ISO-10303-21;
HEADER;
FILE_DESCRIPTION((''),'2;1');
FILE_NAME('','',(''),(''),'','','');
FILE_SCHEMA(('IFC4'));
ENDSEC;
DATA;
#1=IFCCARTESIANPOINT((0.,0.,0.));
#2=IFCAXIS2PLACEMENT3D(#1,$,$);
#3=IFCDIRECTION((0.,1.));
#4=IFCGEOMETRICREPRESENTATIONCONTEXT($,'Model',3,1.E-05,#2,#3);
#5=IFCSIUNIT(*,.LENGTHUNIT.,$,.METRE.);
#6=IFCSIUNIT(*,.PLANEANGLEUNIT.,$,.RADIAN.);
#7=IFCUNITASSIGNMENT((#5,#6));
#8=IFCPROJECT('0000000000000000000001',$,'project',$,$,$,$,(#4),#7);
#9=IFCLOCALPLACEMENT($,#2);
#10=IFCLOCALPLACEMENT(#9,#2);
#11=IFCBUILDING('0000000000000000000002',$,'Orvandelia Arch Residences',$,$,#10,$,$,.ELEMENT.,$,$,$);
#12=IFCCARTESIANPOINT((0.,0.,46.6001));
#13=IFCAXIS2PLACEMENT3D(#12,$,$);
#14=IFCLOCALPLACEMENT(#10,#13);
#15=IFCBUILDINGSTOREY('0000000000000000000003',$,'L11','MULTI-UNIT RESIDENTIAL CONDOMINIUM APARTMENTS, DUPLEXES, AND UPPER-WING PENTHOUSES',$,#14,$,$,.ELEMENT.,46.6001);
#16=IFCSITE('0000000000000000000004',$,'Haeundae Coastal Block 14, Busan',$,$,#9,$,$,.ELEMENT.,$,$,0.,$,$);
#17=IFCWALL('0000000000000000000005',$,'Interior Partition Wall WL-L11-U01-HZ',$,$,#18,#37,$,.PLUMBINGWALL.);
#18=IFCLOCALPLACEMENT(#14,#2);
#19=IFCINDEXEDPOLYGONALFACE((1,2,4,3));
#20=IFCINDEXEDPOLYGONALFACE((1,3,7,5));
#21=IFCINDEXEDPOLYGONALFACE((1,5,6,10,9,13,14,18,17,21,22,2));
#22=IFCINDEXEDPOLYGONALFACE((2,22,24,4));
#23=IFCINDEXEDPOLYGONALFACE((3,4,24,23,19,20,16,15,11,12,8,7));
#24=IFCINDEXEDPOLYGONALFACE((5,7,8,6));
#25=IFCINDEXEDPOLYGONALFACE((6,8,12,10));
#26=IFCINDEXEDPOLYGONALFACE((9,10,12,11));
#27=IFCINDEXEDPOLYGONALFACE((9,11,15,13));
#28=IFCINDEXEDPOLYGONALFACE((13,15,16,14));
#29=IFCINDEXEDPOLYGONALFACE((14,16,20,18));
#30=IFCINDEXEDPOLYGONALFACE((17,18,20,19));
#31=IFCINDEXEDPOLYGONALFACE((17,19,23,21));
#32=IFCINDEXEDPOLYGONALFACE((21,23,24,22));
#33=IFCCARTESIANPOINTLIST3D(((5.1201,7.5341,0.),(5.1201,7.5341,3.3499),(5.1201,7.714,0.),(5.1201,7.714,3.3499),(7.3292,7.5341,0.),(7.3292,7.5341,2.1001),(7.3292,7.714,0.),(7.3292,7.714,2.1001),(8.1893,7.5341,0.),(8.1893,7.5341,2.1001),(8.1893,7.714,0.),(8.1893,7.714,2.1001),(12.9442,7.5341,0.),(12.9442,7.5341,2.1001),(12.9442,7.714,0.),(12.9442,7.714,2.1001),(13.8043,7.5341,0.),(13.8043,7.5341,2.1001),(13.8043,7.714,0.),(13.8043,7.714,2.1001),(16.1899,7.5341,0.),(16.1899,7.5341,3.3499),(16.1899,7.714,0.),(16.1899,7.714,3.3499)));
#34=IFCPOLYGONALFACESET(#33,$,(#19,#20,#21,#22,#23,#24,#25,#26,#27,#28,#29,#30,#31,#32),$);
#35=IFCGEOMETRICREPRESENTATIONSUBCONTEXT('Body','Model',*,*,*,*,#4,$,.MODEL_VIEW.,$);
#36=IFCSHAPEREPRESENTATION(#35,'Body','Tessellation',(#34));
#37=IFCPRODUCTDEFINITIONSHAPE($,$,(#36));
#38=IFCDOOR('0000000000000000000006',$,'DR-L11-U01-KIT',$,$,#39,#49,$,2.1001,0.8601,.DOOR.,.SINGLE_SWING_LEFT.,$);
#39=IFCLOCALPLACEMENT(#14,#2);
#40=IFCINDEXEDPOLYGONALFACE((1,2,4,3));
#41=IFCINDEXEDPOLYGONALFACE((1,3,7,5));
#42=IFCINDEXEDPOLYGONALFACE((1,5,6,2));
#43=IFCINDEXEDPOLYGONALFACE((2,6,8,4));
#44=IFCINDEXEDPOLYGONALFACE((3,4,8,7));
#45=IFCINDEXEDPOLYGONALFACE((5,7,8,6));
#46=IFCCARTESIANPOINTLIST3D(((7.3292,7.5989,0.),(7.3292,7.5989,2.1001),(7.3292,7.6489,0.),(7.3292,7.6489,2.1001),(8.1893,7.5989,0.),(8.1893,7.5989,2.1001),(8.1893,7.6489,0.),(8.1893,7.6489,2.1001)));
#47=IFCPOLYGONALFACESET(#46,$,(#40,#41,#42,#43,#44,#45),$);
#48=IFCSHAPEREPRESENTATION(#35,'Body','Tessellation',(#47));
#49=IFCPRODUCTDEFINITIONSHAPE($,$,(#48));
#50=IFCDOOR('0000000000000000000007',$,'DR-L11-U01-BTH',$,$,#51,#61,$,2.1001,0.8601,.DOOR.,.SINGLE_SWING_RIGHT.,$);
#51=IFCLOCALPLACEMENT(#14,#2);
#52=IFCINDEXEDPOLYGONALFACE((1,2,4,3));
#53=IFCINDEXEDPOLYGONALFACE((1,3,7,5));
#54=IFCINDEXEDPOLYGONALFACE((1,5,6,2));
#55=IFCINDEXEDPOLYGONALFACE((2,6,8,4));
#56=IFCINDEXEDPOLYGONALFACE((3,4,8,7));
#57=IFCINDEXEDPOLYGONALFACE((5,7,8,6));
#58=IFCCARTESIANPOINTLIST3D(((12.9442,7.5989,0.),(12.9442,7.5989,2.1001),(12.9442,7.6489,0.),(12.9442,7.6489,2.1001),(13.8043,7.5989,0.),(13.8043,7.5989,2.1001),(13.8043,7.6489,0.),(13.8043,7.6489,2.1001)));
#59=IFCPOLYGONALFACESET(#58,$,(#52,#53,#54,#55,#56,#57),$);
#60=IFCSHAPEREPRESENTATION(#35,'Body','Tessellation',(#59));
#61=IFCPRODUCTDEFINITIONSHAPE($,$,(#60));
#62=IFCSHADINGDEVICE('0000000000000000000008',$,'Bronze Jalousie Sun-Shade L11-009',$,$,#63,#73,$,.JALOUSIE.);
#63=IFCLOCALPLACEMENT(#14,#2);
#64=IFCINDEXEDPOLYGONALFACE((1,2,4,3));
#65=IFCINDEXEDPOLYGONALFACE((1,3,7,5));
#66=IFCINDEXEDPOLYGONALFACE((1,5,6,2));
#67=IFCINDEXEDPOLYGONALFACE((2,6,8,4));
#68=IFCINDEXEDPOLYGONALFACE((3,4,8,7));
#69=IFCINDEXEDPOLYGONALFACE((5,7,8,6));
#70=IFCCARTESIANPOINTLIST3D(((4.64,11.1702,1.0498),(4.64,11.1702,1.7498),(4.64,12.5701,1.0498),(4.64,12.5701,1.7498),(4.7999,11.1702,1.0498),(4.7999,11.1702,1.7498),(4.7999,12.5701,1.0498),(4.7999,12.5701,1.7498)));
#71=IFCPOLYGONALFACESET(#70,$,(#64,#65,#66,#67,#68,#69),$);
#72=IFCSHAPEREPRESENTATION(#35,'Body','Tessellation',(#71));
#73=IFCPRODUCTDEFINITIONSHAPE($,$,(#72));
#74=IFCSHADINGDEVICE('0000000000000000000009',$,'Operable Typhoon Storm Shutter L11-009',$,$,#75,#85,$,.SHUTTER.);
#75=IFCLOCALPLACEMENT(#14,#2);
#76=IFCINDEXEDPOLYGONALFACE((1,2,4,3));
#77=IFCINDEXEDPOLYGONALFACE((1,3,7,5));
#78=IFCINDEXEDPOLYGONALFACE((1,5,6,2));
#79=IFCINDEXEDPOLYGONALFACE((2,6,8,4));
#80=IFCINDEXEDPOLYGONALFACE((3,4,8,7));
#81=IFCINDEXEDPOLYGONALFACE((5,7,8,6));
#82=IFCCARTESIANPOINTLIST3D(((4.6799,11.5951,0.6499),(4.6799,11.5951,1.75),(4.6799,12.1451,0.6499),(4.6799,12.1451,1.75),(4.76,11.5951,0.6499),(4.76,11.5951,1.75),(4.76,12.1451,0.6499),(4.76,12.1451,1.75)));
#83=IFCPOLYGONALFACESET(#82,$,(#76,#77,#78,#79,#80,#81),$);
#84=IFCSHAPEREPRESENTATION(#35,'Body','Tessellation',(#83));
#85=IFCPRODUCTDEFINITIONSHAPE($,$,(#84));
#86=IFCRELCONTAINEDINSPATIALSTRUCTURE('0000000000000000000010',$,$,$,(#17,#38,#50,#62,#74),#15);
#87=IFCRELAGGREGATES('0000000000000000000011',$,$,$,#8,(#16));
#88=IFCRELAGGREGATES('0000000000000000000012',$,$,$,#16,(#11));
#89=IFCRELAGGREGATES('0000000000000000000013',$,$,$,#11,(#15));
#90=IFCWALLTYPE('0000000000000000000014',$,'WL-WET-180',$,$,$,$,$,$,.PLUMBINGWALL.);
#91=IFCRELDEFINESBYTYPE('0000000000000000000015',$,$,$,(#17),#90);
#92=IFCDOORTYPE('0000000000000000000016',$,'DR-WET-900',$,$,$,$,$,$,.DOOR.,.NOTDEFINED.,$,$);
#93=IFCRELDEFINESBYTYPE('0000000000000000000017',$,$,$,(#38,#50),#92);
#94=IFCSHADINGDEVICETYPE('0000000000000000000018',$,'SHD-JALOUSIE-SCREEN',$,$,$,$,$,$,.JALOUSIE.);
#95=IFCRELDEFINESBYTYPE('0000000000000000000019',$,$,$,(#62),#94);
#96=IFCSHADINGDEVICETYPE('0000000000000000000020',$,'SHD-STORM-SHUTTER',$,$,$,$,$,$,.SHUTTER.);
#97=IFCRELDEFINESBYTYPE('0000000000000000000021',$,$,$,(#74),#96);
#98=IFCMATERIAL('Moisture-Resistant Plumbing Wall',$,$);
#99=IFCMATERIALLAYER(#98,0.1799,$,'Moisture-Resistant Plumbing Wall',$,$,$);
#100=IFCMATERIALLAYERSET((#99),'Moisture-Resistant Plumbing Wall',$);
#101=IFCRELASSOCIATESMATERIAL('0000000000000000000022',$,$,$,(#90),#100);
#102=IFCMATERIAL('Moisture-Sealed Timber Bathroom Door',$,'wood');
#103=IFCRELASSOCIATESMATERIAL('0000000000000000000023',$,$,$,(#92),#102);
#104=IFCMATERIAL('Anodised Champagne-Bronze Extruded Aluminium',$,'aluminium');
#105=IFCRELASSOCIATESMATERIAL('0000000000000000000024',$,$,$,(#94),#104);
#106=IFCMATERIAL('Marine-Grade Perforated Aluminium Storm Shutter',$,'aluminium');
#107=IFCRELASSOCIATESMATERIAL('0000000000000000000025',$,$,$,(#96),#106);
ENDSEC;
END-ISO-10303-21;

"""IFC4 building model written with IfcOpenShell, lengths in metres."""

from ifc_helpers import new_model, si_unit, direction, frame, frame_2d, origin, origin_2d, place, context, subcontext, project, spatial, rectangle, extrude, material, layer, layer_set, type_object, element, fill, save


model = new_model("IFC4")

# Units and contexts
model_context = context("Model", 3, precision=1e-05, world=origin(), true_north=direction((0.0, 1.0)))
body_context = subcontext(model_context, "Body", "Model", "MODEL_VIEW")
ifc_project = project(units=[si_unit("LENGTHUNIT", "METRE"), si_unit("PLANEANGLEUNIT", "RADIAN")], contexts=[model_context])

# Site, building, storey
site_placement = place(None, origin())
site = spatial("IfcSite", under=ifc_project, at=site_placement, Name="Haeundae Coastal Block 14, Busan", CompositionType="ELEMENT", RefElevation=0.0)
building_placement = place(site_placement, origin())
building = spatial("IfcBuilding", under=site, at=building_placement, Name="Orvandelia Arch Residences", CompositionType="ELEMENT")
storey_placement = place(building_placement, frame((0.0, 0.0, 46.6001)))
storey = spatial("IfcBuildingStorey", under=building, at=storey_placement, Name="L11", Description="MULTI-UNIT RESIDENTIAL CONDOMINIUM APARTMENTS, DUPLEXES, AND UPPER-WING PENTHOUSES", CompositionType="ELEMENT", Elevation=46.6001)

# Wall, openings, doors
ifc_material_1 = material(Name="Moisture-Resistant Plumbing Wall")
ifc_layer_1 = layer(ifc_material_1, 0.1799, Name="Moisture-Resistant Plumbing Wall")
ifc_layer_set_1 = layer_set([ifc_layer_1], Name="Moisture-Resistant Plumbing Wall")
wall_type_1 = type_object("IfcWallType", Name="WL-WET-180", PredefinedType="PLUMBINGWALL", material=ifc_layer_set_1)
wall_1_placement = place(storey_placement, frame((5.1201, 7.624, 0.0), z_axis=(0.0, 0.0, 1.0), x_axis=(1.0, 0.0, 0.0)))
wall_1 = element("IfcWall", 1, at=wall_1_placement, inside=storey, type_object=wall_type_1, Name="Interior Partition Wall WL-L11-U01-HZ", PredefinedType="PLUMBINGWALL", context=body_context, shape_type="SweptSolid", body=[
    extrude(rectangle(XDim=11.0698, YDim=0.1799, at=frame_2d((5.5349, 0.0))), origin(), (0.0, 0.0, 1.0), 3.3499),
])
opening_1_placement = place(wall_1_placement, frame((2.209, 0.0, 0.0)))
opening_1 = element("IfcOpeningElement", 2, at=opening_1_placement, cuts=wall_1, PredefinedType="OPENING", context=body_context, shape_type="SweptSolid", body=[
    extrude(rectangle(XDim=0.8601, YDim=2.1001, at=frame_2d((0.4302, 1.05))), frame((0.0, 0.1001, 0.0), z_axis=(0.0, -1.0, 0.0), x_axis=(1.0, 0.0, 0.0)), (0.0, 0.0, 1.0), 0.2),
])
opening_2_placement = place(wall_1_placement, frame((7.824, 0.0, 0.0)))
opening_2 = element("IfcOpeningElement", 3, at=opening_2_placement, cuts=wall_1, PredefinedType="OPENING", context=body_context, shape_type="SweptSolid", body=[
    extrude(rectangle(XDim=0.8601, YDim=2.1001, at=frame_2d((0.4302, 1.05))), frame((0.0, 0.1001, 0.0), z_axis=(0.0, -1.0, 0.0), x_axis=(1.0, 0.0, 0.0)), (0.0, 0.0, 1.0), 0.2),
])
ifc_material_2 = material(Name="Moisture-Sealed Timber Bathroom Door", Category="wood")
door_type_1 = type_object("IfcDoorType", Name="DR-WET-900", OperationType="NOTDEFINED", PredefinedType="DOOR", material=ifc_material_2)
door_1_placement = place(opening_1_placement, origin())
door_1 = element("IfcDoor", 4, at=door_1_placement, inside=storey, type_object=door_type_1, Name="DR-L11-U01-KIT", OperationType="SINGLE_SWING_LEFT", OverallHeight=2.1001, OverallWidth=0.8601, PredefinedType="DOOR", context=body_context, shape_type="SweptSolid", body=[
    extrude(rectangle(XDim=0.8601, YDim=2.1001, at=frame_2d((0.4302, 1.05))), frame((0.0, 0.0249, 0.0), z_axis=(0.0, -1.0, 0.0), x_axis=(1.0, 0.0, 0.0)), (0.0, 0.0, 1.0), 0.05),
])
fill(opening_1, door_1)
door_2_placement = place(opening_2_placement, origin())
door_2 = element("IfcDoor", 5, at=door_2_placement, inside=storey, type_object=door_type_1, Name="DR-L11-U01-BTH", OperationType="SINGLE_SWING_RIGHT", OverallHeight=2.1001, OverallWidth=0.8601, PredefinedType="DOOR", context=body_context, shape_type="SweptSolid", body=[
    extrude(rectangle(XDim=0.8601, YDim=2.1001, at=frame_2d((0.4302, 1.05))), frame((0.0, 0.0249, 0.0), z_axis=(0.0, -1.0, 0.0), x_axis=(1.0, 0.0, 0.0)), (0.0, 0.0, 1.0), 0.05),
])
fill(opening_2, door_2)

# Shading devices
ifc_material_3 = material(Name="Anodised Champagne-Bronze Extruded Aluminium", Category="aluminium")
shading_device_type_1 = type_object("IfcShadingDeviceType", Name="SHD-JALOUSIE-SCREEN", PredefinedType="JALOUSIE", material=ifc_material_3)
shading_device_1_placement = place(storey_placement, frame((4.72, 11.8701, 1.0498), z_axis=(0.0, 0.0, 1.0), x_axis=(0.0, 1.0, 0.0)))
element("IfcShadingDevice", 6, at=shading_device_1_placement, inside=storey, type_object=shading_device_type_1, Name="Bronze Jalousie Sun-Shade L11-009", PredefinedType="JALOUSIE", context=body_context, shape_type="SweptSolid", body=[
    extrude(rectangle(XDim=1.3999, YDim=0.1599, at=origin_2d()), origin(), (0.0, 0.0, 1.0), 0.7),
])
ifc_material_4 = material(Name="Marine-Grade Perforated Aluminium Storm Shutter", Category="aluminium")
shading_device_type_2 = type_object("IfcShadingDeviceType", Name="SHD-STORM-SHUTTER", PredefinedType="SHUTTER", material=ifc_material_4)
shading_device_2_placement = place(storey_placement, frame((4.72, 11.8701, 0.6499), z_axis=(0.0, 0.0, 1.0), x_axis=(0.0, 1.0, 0.0)))
element("IfcShadingDevice", 7, at=shading_device_2_placement, inside=storey, type_object=shading_device_type_2, Name="Operable Typhoon Storm Shutter L11-009", PredefinedType="SHUTTER", context=body_context, shape_type="SweptSolid", body=[
    extrude(rectangle(XDim=0.55, YDim=0.0801, at=origin_2d()), origin(), (0.0, 0.0, 1.0), 1.1001),
])

save(model, "model.ifc")
